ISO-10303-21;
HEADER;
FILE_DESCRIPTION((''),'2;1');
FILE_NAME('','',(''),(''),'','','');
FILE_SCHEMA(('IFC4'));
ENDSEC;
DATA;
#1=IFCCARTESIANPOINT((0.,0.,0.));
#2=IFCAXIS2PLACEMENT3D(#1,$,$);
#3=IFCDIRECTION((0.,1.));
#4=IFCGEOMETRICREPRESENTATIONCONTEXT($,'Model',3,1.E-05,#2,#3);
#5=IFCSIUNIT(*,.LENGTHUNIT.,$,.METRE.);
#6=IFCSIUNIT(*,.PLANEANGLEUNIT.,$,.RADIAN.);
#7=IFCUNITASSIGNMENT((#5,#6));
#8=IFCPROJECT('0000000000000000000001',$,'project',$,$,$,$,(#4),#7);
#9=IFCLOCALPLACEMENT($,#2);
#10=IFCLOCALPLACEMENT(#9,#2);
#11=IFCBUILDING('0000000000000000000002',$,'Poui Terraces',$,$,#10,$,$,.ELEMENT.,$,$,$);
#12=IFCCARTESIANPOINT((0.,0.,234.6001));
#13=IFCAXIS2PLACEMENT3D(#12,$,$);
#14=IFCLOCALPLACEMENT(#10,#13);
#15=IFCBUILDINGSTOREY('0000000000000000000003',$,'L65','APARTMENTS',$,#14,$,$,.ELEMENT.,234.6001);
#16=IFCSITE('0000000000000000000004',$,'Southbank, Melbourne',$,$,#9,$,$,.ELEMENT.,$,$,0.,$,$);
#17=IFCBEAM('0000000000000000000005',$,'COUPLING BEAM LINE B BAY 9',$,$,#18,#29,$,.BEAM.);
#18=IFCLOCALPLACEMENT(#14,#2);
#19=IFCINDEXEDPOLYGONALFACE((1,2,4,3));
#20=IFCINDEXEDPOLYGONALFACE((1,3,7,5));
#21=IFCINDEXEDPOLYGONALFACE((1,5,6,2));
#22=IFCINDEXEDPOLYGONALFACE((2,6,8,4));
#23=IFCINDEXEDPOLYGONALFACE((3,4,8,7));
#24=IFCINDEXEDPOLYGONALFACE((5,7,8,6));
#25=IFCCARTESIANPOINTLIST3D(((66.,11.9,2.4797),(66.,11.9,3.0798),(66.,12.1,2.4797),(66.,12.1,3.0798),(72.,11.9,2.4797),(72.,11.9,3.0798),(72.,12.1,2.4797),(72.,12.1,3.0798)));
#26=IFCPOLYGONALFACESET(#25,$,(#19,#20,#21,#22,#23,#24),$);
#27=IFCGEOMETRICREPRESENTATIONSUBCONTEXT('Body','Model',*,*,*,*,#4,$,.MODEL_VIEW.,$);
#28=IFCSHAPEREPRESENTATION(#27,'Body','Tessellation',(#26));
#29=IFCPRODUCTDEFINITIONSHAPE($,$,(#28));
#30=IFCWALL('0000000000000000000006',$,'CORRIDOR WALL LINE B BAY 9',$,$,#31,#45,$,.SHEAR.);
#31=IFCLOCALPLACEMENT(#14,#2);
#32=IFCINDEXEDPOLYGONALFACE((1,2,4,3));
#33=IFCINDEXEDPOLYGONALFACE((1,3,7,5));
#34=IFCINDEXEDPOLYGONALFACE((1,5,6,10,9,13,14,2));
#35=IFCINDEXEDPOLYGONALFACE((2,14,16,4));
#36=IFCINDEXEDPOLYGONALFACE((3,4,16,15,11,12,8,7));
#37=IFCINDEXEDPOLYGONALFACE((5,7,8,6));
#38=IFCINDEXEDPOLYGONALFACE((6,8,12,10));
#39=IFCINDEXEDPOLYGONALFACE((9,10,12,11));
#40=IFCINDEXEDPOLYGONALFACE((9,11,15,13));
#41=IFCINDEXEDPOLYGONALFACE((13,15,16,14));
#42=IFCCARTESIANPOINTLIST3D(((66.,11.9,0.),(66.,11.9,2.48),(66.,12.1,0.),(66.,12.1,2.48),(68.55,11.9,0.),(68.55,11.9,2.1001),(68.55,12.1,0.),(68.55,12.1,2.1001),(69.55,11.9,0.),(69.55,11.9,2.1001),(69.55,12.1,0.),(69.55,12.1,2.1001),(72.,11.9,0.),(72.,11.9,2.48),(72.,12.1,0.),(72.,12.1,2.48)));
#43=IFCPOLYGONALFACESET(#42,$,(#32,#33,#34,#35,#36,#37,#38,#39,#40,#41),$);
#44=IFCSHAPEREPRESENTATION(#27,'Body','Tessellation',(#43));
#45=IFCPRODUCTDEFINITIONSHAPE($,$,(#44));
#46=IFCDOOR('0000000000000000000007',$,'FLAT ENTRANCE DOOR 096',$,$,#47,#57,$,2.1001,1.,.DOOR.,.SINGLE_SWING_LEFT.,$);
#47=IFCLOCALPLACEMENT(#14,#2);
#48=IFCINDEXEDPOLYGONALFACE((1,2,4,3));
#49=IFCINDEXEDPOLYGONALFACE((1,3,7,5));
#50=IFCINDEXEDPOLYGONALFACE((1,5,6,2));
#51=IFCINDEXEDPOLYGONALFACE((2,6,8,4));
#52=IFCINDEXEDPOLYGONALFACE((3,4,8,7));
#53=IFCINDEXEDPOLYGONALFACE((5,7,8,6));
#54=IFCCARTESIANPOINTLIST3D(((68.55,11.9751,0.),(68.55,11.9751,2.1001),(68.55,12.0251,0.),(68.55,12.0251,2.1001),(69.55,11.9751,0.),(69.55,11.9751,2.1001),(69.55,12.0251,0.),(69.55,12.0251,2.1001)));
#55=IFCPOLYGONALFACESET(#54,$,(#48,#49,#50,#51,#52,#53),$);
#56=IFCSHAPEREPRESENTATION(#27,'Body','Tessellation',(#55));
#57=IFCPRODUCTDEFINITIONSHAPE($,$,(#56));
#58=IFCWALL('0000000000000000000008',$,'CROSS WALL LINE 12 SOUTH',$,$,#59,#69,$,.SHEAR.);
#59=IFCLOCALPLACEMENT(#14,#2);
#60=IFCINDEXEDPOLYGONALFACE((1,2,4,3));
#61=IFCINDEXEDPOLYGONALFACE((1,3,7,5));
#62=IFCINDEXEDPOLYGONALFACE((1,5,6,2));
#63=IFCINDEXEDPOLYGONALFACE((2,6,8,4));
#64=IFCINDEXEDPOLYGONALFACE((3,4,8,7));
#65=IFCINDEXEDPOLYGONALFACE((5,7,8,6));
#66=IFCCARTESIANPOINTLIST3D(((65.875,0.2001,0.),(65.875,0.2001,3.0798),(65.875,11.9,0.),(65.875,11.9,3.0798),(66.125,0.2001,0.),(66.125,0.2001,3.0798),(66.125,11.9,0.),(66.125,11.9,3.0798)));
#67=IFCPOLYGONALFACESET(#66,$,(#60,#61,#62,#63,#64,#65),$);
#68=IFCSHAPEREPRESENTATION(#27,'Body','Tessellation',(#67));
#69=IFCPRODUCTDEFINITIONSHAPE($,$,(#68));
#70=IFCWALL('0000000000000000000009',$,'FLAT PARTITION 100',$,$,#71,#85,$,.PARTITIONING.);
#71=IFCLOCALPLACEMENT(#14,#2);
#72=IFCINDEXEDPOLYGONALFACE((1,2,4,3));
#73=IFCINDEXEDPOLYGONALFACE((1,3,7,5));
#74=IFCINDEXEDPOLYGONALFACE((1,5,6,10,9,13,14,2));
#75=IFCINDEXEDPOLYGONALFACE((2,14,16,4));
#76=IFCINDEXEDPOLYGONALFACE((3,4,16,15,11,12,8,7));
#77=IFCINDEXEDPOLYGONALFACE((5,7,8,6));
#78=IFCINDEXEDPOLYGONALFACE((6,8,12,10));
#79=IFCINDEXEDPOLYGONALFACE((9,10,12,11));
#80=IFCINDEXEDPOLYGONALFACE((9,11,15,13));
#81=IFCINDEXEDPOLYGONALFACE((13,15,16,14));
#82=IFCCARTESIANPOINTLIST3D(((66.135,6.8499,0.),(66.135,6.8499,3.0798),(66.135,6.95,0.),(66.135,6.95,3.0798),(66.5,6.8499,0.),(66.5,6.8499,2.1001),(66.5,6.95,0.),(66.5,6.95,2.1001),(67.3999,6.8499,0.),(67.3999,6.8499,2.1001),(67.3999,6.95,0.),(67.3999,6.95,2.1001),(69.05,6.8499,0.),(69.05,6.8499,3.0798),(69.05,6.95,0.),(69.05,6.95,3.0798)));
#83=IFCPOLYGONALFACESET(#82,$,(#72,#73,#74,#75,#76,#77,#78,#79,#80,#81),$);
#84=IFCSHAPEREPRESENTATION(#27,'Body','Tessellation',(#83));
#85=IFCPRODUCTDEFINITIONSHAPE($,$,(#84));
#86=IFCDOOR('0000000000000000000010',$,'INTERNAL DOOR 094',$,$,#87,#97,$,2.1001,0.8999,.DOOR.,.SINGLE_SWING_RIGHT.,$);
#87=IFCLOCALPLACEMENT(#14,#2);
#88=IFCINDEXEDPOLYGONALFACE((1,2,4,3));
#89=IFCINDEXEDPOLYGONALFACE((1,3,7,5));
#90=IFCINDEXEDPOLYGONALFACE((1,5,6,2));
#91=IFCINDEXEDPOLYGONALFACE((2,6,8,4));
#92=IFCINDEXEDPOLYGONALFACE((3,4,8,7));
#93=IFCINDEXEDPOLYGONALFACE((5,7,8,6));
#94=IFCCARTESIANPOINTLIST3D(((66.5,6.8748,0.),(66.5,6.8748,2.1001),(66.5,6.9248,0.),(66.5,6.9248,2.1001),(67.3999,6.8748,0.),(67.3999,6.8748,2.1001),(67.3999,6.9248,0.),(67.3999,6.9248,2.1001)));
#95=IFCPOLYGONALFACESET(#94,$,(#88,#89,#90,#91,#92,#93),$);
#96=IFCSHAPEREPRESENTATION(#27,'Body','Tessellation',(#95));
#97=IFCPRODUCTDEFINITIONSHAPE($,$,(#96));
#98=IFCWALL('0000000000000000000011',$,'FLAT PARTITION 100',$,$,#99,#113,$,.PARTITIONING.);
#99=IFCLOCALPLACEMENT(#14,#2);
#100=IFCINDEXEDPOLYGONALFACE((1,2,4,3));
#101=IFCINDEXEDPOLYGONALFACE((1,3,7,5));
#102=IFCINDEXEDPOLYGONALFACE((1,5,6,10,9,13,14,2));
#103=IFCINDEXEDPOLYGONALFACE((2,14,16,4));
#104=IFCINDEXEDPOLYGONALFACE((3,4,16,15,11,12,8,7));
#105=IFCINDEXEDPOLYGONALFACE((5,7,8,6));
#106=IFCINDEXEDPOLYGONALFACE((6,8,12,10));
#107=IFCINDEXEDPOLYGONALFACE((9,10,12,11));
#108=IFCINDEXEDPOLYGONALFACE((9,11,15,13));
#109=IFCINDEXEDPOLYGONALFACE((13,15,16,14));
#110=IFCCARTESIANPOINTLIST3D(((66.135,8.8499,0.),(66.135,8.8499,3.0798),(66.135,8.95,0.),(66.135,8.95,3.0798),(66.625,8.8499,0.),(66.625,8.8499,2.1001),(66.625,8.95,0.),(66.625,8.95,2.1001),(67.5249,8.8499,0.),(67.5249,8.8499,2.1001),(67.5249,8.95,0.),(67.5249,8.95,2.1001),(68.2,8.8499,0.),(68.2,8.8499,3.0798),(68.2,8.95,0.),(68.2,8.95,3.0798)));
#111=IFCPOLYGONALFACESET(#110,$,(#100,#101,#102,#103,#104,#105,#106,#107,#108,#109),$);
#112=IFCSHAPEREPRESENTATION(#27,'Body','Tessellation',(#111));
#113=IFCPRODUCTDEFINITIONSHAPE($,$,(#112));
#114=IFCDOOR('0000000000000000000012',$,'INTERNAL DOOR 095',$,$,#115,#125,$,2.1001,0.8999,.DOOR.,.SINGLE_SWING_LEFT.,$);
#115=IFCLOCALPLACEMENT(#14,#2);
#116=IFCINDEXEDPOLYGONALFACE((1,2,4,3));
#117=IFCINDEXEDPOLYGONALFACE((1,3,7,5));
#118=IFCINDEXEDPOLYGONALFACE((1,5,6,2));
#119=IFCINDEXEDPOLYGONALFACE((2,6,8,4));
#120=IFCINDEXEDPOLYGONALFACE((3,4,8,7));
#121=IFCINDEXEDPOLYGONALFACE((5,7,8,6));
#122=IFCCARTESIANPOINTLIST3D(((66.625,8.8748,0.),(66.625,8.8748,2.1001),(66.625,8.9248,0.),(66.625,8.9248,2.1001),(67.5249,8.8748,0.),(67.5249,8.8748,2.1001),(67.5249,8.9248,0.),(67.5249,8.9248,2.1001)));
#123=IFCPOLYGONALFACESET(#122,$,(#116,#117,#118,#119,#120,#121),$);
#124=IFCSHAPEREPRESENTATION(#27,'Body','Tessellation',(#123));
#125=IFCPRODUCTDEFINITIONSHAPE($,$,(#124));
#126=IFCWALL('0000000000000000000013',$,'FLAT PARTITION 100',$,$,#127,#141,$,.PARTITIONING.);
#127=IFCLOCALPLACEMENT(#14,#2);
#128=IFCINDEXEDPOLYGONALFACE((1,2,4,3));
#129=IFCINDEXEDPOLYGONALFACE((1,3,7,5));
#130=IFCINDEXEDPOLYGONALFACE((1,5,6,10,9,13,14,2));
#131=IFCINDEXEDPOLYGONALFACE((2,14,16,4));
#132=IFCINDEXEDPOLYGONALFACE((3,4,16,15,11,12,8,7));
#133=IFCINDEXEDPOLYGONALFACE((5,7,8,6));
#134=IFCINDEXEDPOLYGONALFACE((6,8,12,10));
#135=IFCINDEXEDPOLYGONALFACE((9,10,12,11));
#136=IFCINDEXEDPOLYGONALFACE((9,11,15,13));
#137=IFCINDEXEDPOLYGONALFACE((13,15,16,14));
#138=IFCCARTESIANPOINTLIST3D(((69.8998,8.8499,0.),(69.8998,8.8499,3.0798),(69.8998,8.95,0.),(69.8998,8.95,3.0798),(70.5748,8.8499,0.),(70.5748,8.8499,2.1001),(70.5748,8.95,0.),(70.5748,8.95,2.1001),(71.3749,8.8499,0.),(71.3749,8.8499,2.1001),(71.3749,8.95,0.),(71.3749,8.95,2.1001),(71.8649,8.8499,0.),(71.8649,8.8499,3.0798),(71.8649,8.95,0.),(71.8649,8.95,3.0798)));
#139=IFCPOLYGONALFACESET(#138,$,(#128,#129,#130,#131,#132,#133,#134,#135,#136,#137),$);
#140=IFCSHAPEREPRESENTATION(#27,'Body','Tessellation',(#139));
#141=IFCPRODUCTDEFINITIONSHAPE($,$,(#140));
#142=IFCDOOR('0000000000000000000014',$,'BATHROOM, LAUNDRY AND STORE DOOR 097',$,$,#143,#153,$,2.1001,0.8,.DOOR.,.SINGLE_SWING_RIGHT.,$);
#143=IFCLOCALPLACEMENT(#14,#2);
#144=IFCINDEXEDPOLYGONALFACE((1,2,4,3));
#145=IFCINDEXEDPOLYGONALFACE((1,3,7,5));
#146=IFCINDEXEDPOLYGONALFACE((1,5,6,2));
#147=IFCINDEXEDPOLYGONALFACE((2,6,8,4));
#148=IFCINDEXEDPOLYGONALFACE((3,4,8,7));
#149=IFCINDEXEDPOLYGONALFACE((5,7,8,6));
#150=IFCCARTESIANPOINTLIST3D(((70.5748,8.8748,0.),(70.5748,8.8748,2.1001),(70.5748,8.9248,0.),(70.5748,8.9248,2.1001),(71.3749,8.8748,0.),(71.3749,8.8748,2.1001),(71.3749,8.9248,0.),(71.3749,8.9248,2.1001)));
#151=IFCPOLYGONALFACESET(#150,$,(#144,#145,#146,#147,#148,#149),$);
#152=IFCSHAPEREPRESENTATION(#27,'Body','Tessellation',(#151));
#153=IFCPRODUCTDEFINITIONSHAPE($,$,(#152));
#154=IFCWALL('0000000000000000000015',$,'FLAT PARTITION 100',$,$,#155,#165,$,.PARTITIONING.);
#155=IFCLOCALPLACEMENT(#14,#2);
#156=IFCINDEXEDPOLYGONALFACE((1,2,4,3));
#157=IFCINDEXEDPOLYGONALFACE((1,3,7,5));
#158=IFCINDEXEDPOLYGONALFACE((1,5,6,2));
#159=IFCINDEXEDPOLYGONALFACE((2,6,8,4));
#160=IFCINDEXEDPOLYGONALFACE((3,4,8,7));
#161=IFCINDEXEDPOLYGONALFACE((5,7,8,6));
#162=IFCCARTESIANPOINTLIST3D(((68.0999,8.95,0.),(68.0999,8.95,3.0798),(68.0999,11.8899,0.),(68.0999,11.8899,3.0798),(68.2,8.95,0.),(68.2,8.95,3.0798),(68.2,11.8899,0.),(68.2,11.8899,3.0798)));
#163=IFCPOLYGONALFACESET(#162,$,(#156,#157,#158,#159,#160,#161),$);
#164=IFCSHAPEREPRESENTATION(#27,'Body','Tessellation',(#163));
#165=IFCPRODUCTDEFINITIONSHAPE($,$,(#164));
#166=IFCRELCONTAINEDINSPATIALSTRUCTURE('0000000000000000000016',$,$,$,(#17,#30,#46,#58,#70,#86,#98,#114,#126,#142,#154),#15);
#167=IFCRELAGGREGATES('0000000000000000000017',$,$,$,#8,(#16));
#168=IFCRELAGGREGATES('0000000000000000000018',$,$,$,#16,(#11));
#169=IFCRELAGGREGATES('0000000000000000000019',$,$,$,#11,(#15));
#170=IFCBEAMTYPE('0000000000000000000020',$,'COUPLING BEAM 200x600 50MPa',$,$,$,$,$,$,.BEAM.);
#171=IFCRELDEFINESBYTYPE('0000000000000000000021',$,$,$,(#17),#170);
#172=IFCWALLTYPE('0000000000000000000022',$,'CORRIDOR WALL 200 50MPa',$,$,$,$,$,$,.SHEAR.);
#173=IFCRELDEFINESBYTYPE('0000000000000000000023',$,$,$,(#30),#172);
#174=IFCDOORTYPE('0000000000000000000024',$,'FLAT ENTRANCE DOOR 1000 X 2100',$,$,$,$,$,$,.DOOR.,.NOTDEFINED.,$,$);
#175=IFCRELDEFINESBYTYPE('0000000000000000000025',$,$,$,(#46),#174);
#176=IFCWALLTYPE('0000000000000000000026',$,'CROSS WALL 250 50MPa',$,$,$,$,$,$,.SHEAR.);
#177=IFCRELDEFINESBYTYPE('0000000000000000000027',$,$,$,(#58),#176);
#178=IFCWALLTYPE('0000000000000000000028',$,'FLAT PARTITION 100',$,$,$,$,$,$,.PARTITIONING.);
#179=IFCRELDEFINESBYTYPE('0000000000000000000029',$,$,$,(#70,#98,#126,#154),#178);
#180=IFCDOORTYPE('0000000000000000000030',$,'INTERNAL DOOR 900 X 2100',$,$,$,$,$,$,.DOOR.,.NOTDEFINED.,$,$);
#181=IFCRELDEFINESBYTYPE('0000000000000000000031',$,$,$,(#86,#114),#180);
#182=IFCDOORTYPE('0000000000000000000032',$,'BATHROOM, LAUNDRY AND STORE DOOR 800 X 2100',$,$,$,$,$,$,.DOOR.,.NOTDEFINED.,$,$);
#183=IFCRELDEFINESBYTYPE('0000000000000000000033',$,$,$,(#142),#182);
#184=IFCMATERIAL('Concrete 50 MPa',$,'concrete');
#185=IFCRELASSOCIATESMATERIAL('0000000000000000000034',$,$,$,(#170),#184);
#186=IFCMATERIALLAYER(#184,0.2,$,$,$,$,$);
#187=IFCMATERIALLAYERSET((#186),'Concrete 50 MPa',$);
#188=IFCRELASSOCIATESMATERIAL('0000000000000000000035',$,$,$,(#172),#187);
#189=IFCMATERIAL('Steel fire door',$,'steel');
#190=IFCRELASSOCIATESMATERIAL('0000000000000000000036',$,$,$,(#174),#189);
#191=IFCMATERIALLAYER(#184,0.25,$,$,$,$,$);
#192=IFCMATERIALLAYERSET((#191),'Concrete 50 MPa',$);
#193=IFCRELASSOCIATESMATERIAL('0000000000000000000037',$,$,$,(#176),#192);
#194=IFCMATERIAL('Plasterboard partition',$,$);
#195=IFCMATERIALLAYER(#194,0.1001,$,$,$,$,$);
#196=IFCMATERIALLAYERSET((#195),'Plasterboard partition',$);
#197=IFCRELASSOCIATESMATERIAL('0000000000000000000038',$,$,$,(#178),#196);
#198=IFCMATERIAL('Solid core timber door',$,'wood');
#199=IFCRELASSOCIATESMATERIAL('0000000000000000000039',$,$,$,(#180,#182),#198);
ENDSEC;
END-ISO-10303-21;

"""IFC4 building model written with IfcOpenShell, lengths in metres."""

from ifc_helpers import new_model, si_unit, direction, frame, frame_2d, origin, origin_2d, place, context, subcontext, project, spatial, rectangle, extrude, source, transform, mapped, material, layer, layer_set, material_profile, profile_set, type_object, element, fill, save


model = new_model("IFC4")

# Units and contexts
model_context = context("Model", 3, precision=1e-05, world=origin(), true_north=direction((0.0, 1.0)))
body_context = subcontext(model_context, "Body", "Model", "MODEL_VIEW")
ifc_project = project(units=[si_unit("LENGTHUNIT", "METRE"), si_unit("PLANEANGLEUNIT", "RADIAN")], contexts=[model_context])

# Site, building, storey
site_placement = place(None, origin())
site = spatial("IfcSite", under=ifc_project, at=site_placement, Name="Southbank, Melbourne", CompositionType="ELEMENT", RefElevation=0.0)
building_placement = place(site_placement, origin())
building = spatial("IfcBuilding", under=site, at=building_placement, Name="Poui Terraces", CompositionType="ELEMENT")
storey_placement = place(building_placement, frame((0.0, 0.0, 234.6001)))
storey = spatial("IfcBuildingStorey", under=building, at=storey_placement, Name="L65", Description="APARTMENTS", CompositionType="ELEMENT", Elevation=234.6001)

# Beam
ifc_material_1 = material(Name="Concrete 50 MPa", Category="concrete")
ifc_material_profile = material_profile(ifc_material_1, rectangle(XDim=0.2, YDim=0.6001, at=origin_2d()), Name="RC 200x600")
ifc_profile_set = profile_set([ifc_material_profile], Name="Concrete 50 MPa")
beam_type = type_object("IfcBeamType", Name="COUPLING BEAM 200x600 50MPa", PredefinedType="BEAM", material=ifc_profile_set)
shared_shape_1 = source(origin(), body_context, "Body", "SweptSolid", [
    extrude(rectangle(XDim=0.2, YDim=0.6001, at=origin_2d()), origin(), (0.0, 0.0, 1.0), 6.0),
])
beam_placement = place(storey_placement, frame((66.0, 12.0, 2.7798), z_axis=(1.0, 0.0, 0.0), x_axis=(0.0, 1.0, 0.0)))
element("IfcBeam", 1, at=beam_placement, inside=storey, type_object=beam_type, Name="COUPLING BEAM LINE B BAY 9", PredefinedType="BEAM", context=body_context, shape_type="MappedRepresentation", body=[
    mapped(shared_shape_1, transform((0.0, 0.0, 0.0))),
])

# Wall, opening, door
ifc_layer_1 = layer(ifc_material_1, 0.2)
ifc_layer_set_1 = layer_set([ifc_layer_1], Name="Concrete 50 MPa")
wall_type_1 = type_object("IfcWallType", Name="CORRIDOR WALL 200 50MPa", PredefinedType="SHEAR", material=ifc_layer_set_1)
wall_1_placement = place(storey_placement, frame((66.0, 12.0, 0.0), z_axis=(0.0, 0.0, 1.0), x_axis=(1.0, 0.0, 0.0)))
wall_1 = element("IfcWall", 2, at=wall_1_placement, inside=storey, type_object=wall_type_1, Name="CORRIDOR WALL LINE B BAY 9", PredefinedType="SHEAR", context=body_context, shape_type="SweptSolid", body=[
    extrude(rectangle(XDim=6.0, YDim=0.2, at=frame_2d((3.0, 0.0))), origin(), (0.0, 0.0, 1.0), 2.48),
])
opening_1_placement = place(wall_1_placement, frame((2.55, 0.0, 0.0)))
opening_1 = element("IfcOpeningElement", 3, at=opening_1_placement, cuts=wall_1, PredefinedType="OPENING", context=body_context, shape_type="SweptSolid", body=[
    extrude(rectangle(XDim=1.0, YDim=2.1001, at=frame_2d((0.5, 1.05))), frame((0.0, 0.1099, 0.0), z_axis=(0.0, -1.0, 0.0), x_axis=(1.0, 0.0, 0.0)), (0.0, 0.0, 1.0), 0.22),
])
ifc_material_2 = material(Name="Steel fire door", Category="steel")
door_type_1 = type_object("IfcDoorType", Name="FLAT ENTRANCE DOOR 1000 X 2100", OperationType="NOTDEFINED", PredefinedType="DOOR", material=ifc_material_2)
door_1_placement = place(opening_1_placement, frame((1.0, 0.0, 0.0), z_axis=(0.0, 0.0, 1.0), x_axis=(-1.0, 0.0, 0.0)))
door_1 = element("IfcDoor", 4, at=door_1_placement, inside=storey, type_object=door_type_1, Name="FLAT ENTRANCE DOOR 096", OperationType="SINGLE_SWING_LEFT", OverallHeight=2.1001, OverallWidth=1.0, PredefinedType="DOOR", context=body_context, shape_type="SweptSolid", body=[
    extrude(rectangle(XDim=1.0, YDim=2.1001, at=frame_2d((0.5, 1.05))), frame((0.0, 0.0249, 0.0), z_axis=(0.0, -1.0, 0.0), x_axis=(1.0, 0.0, 0.0)), (0.0, 0.0, 1.0), 0.05),
])
fill(opening_1, door_1)

# Wall
ifc_layer_2 = layer(ifc_material_1, 0.25)
ifc_layer_set_2 = layer_set([ifc_layer_2], Name="Concrete 50 MPa")
wall_type_2 = type_object("IfcWallType", Name="CROSS WALL 250 50MPa", PredefinedType="SHEAR", material=ifc_layer_set_2)
wall_2_placement = place(storey_placement, frame((66.0, 0.2, 0.0), z_axis=(0.0, 0.0, 1.0), x_axis=(0.0, 1.0, 0.0)))
element("IfcWall", 5, at=wall_2_placement, inside=storey, type_object=wall_type_2, Name="CROSS WALL LINE 12 SOUTH", PredefinedType="SHEAR", context=body_context, shape_type="SweptSolid", body=[
    extrude(rectangle(XDim=11.7, YDim=0.25, at=frame_2d((5.8501, 0.0))), origin(), (0.0, 0.0, 1.0), 3.0798),
])

# Walls, openings, doors
ifc_material_3 = material(Name="Plasterboard partition")
ifc_layer_3 = layer(ifc_material_3, 0.1001)
ifc_layer_set_3 = layer_set([ifc_layer_3], Name="Plasterboard partition")
wall_type_3 = type_object("IfcWallType", Name="FLAT PARTITION 100", PredefinedType="PARTITIONING", material=ifc_layer_set_3)
wall_3_placement = place(storey_placement, frame((66.135, 6.8999, 0.0), z_axis=(0.0, 0.0, 1.0), x_axis=(1.0, 0.0, 0.0)))
wall_3 = element("IfcWall", 6, at=wall_3_placement, inside=storey, type_object=wall_type_3, Name="FLAT PARTITION 100", PredefinedType="PARTITIONING", context=body_context, shape_type="SweptSolid", body=[
    extrude(rectangle(XDim=2.915, YDim=0.1001, at=frame_2d((1.4575, 0.0))), origin(), (0.0, 0.0, 1.0), 3.0798),
])
opening_2_placement = place(wall_3_placement, frame((0.365, 0.0, 0.0)))
opening_2 = element("IfcOpeningElement", 7, at=opening_2_placement, cuts=wall_3, PredefinedType="OPENING", context=body_context, shape_type="SweptSolid", body=[
    extrude(rectangle(XDim=0.8999, YDim=2.1001, at=frame_2d((0.45, 1.05))), frame((0.0, 0.0601, 0.0), z_axis=(0.0, -1.0, 0.0), x_axis=(1.0, 0.0, 0.0)), (0.0, 0.0, 1.0), 0.1201),
])
ifc_material_4 = material(Name="Solid core timber door", Category="wood")
door_type_2 = type_object("IfcDoorType", Name="INTERNAL DOOR 900 X 2100", OperationType="NOTDEFINED", PredefinedType="DOOR", material=ifc_material_4)
door_2_placement = place(opening_2_placement, origin())
door_2 = element("IfcDoor", 8, at=door_2_placement, inside=storey, type_object=door_type_2, Name="INTERNAL DOOR 094", OperationType="SINGLE_SWING_RIGHT", OverallHeight=2.1001, OverallWidth=0.8999, PredefinedType="DOOR", context=body_context, shape_type="SweptSolid", body=[
    extrude(rectangle(XDim=0.8999, YDim=2.1001, at=frame_2d((0.45, 1.05))), frame((0.0, 0.0249, 0.0), z_axis=(0.0, -1.0, 0.0), x_axis=(1.0, 0.0, 0.0)), (0.0, 0.0, 1.0), 0.05),
])
fill(opening_2, door_2)
wall_4_placement = place(storey_placement, frame((66.135, 8.8999, 0.0), z_axis=(0.0, 0.0, 1.0), x_axis=(1.0, 0.0, 0.0)))
wall_4 = element("IfcWall", 9, at=wall_4_placement, inside=storey, type_object=wall_type_3, Name="FLAT PARTITION 100", PredefinedType="PARTITIONING", context=body_context, shape_type="SweptSolid", body=[
    extrude(rectangle(XDim=2.0649, YDim=0.1001, at=frame_2d((1.0325, 0.0))), origin(), (0.0, 0.0, 1.0), 3.0798),
])
opening_3_placement = place(wall_4_placement, frame((0.49, 0.0, 0.0)))
opening_3 = element("IfcOpeningElement", 10, at=opening_3_placement, cuts=wall_4, PredefinedType="OPENING", context=body_context, shape_type="SweptSolid", body=[
    extrude(rectangle(XDim=0.8999, YDim=2.1001, at=frame_2d((0.45, 1.05))), frame((0.0, 0.0601, 0.0), z_axis=(0.0, -1.0, 0.0), x_axis=(1.0, 0.0, 0.0)), (0.0, 0.0, 1.0), 0.1201),
])
door_3_placement = place(opening_3_placement, origin())
door_3 = element("IfcDoor", 11, at=door_3_placement, inside=storey, type_object=door_type_2, Name="INTERNAL DOOR 095", OperationType="SINGLE_SWING_LEFT", OverallHeight=2.1001, OverallWidth=0.8999, PredefinedType="DOOR", context=body_context, shape_type="SweptSolid", body=[
    extrude(rectangle(XDim=0.8999, YDim=2.1001, at=frame_2d((0.45, 1.05))), frame((0.0, 0.0249, 0.0), z_axis=(0.0, -1.0, 0.0), x_axis=(1.0, 0.0, 0.0)), (0.0, 0.0, 1.0), 0.05),
])
fill(opening_3, door_3)
wall_5_placement = place(storey_placement, frame((69.8999, 8.8999, 0.0), z_axis=(0.0, 0.0, 1.0), x_axis=(1.0, 0.0, 0.0)))
wall_5 = element("IfcWall", 12, at=wall_5_placement, inside=storey, type_object=wall_type_3, Name="FLAT PARTITION 100", PredefinedType="PARTITIONING", context=body_context, shape_type="SweptSolid", body=[
    extrude(rectangle(XDim=1.9651, YDim=0.1001, at=frame_2d((0.9824, 0.0))), origin(), (0.0, 0.0, 1.0), 3.0798),
])
opening_4_placement = place(wall_5_placement, frame((0.675, 0.0, 0.0)))
opening_4 = element("IfcOpeningElement", 13, at=opening_4_placement, cuts=wall_5, PredefinedType="OPENING", context=body_context, shape_type="SweptSolid", body=[
    extrude(rectangle(XDim=0.8, YDim=2.1001, at=frame_2d((0.3999, 1.05))), frame((0.0, 0.0601, 0.0), z_axis=(0.0, -1.0, 0.0), x_axis=(1.0, 0.0, 0.0)), (0.0, 0.0, 1.0), 0.1201),
])
door_type_3 = type_object("IfcDoorType", Name="BATHROOM, LAUNDRY AND STORE DOOR 800 X 2100", OperationType="NOTDEFINED", PredefinedType="DOOR", material=ifc_material_4)
door_4_placement = place(opening_4_placement, origin())
door_4 = element("IfcDoor", 14, at=door_4_placement, inside=storey, type_object=door_type_3, Name="BATHROOM, LAUNDRY AND STORE DOOR 097", OperationType="SINGLE_SWING_RIGHT", OverallHeight=2.1001, OverallWidth=0.8, PredefinedType="DOOR", context=body_context, shape_type="SweptSolid", body=[
    extrude(rectangle(XDim=0.8, YDim=2.1001, at=frame_2d((0.3999, 1.05))), frame((0.0, 0.0249, 0.0), z_axis=(0.0, -1.0, 0.0), x_axis=(1.0, 0.0, 0.0)), (0.0, 0.0, 1.0), 0.05),
])
fill(opening_4, door_4)

# Wall
wall_6_placement = place(storey_placement, frame((68.1499, 8.95, 0.0), z_axis=(0.0, 0.0, 1.0), x_axis=(0.0, 1.0, 0.0)))
element("IfcWall", 15, at=wall_6_placement, inside=storey, type_object=wall_type_3, Name="FLAT PARTITION 100", PredefinedType="PARTITIONING", context=body_context, shape_type="SweptSolid", body=[
    extrude(rectangle(XDim=2.9399, YDim=0.1001, at=frame_2d((1.47, 0.0))), origin(), (0.0, 0.0, 1.0), 3.0798),
])

save(model, "model.ifc")
